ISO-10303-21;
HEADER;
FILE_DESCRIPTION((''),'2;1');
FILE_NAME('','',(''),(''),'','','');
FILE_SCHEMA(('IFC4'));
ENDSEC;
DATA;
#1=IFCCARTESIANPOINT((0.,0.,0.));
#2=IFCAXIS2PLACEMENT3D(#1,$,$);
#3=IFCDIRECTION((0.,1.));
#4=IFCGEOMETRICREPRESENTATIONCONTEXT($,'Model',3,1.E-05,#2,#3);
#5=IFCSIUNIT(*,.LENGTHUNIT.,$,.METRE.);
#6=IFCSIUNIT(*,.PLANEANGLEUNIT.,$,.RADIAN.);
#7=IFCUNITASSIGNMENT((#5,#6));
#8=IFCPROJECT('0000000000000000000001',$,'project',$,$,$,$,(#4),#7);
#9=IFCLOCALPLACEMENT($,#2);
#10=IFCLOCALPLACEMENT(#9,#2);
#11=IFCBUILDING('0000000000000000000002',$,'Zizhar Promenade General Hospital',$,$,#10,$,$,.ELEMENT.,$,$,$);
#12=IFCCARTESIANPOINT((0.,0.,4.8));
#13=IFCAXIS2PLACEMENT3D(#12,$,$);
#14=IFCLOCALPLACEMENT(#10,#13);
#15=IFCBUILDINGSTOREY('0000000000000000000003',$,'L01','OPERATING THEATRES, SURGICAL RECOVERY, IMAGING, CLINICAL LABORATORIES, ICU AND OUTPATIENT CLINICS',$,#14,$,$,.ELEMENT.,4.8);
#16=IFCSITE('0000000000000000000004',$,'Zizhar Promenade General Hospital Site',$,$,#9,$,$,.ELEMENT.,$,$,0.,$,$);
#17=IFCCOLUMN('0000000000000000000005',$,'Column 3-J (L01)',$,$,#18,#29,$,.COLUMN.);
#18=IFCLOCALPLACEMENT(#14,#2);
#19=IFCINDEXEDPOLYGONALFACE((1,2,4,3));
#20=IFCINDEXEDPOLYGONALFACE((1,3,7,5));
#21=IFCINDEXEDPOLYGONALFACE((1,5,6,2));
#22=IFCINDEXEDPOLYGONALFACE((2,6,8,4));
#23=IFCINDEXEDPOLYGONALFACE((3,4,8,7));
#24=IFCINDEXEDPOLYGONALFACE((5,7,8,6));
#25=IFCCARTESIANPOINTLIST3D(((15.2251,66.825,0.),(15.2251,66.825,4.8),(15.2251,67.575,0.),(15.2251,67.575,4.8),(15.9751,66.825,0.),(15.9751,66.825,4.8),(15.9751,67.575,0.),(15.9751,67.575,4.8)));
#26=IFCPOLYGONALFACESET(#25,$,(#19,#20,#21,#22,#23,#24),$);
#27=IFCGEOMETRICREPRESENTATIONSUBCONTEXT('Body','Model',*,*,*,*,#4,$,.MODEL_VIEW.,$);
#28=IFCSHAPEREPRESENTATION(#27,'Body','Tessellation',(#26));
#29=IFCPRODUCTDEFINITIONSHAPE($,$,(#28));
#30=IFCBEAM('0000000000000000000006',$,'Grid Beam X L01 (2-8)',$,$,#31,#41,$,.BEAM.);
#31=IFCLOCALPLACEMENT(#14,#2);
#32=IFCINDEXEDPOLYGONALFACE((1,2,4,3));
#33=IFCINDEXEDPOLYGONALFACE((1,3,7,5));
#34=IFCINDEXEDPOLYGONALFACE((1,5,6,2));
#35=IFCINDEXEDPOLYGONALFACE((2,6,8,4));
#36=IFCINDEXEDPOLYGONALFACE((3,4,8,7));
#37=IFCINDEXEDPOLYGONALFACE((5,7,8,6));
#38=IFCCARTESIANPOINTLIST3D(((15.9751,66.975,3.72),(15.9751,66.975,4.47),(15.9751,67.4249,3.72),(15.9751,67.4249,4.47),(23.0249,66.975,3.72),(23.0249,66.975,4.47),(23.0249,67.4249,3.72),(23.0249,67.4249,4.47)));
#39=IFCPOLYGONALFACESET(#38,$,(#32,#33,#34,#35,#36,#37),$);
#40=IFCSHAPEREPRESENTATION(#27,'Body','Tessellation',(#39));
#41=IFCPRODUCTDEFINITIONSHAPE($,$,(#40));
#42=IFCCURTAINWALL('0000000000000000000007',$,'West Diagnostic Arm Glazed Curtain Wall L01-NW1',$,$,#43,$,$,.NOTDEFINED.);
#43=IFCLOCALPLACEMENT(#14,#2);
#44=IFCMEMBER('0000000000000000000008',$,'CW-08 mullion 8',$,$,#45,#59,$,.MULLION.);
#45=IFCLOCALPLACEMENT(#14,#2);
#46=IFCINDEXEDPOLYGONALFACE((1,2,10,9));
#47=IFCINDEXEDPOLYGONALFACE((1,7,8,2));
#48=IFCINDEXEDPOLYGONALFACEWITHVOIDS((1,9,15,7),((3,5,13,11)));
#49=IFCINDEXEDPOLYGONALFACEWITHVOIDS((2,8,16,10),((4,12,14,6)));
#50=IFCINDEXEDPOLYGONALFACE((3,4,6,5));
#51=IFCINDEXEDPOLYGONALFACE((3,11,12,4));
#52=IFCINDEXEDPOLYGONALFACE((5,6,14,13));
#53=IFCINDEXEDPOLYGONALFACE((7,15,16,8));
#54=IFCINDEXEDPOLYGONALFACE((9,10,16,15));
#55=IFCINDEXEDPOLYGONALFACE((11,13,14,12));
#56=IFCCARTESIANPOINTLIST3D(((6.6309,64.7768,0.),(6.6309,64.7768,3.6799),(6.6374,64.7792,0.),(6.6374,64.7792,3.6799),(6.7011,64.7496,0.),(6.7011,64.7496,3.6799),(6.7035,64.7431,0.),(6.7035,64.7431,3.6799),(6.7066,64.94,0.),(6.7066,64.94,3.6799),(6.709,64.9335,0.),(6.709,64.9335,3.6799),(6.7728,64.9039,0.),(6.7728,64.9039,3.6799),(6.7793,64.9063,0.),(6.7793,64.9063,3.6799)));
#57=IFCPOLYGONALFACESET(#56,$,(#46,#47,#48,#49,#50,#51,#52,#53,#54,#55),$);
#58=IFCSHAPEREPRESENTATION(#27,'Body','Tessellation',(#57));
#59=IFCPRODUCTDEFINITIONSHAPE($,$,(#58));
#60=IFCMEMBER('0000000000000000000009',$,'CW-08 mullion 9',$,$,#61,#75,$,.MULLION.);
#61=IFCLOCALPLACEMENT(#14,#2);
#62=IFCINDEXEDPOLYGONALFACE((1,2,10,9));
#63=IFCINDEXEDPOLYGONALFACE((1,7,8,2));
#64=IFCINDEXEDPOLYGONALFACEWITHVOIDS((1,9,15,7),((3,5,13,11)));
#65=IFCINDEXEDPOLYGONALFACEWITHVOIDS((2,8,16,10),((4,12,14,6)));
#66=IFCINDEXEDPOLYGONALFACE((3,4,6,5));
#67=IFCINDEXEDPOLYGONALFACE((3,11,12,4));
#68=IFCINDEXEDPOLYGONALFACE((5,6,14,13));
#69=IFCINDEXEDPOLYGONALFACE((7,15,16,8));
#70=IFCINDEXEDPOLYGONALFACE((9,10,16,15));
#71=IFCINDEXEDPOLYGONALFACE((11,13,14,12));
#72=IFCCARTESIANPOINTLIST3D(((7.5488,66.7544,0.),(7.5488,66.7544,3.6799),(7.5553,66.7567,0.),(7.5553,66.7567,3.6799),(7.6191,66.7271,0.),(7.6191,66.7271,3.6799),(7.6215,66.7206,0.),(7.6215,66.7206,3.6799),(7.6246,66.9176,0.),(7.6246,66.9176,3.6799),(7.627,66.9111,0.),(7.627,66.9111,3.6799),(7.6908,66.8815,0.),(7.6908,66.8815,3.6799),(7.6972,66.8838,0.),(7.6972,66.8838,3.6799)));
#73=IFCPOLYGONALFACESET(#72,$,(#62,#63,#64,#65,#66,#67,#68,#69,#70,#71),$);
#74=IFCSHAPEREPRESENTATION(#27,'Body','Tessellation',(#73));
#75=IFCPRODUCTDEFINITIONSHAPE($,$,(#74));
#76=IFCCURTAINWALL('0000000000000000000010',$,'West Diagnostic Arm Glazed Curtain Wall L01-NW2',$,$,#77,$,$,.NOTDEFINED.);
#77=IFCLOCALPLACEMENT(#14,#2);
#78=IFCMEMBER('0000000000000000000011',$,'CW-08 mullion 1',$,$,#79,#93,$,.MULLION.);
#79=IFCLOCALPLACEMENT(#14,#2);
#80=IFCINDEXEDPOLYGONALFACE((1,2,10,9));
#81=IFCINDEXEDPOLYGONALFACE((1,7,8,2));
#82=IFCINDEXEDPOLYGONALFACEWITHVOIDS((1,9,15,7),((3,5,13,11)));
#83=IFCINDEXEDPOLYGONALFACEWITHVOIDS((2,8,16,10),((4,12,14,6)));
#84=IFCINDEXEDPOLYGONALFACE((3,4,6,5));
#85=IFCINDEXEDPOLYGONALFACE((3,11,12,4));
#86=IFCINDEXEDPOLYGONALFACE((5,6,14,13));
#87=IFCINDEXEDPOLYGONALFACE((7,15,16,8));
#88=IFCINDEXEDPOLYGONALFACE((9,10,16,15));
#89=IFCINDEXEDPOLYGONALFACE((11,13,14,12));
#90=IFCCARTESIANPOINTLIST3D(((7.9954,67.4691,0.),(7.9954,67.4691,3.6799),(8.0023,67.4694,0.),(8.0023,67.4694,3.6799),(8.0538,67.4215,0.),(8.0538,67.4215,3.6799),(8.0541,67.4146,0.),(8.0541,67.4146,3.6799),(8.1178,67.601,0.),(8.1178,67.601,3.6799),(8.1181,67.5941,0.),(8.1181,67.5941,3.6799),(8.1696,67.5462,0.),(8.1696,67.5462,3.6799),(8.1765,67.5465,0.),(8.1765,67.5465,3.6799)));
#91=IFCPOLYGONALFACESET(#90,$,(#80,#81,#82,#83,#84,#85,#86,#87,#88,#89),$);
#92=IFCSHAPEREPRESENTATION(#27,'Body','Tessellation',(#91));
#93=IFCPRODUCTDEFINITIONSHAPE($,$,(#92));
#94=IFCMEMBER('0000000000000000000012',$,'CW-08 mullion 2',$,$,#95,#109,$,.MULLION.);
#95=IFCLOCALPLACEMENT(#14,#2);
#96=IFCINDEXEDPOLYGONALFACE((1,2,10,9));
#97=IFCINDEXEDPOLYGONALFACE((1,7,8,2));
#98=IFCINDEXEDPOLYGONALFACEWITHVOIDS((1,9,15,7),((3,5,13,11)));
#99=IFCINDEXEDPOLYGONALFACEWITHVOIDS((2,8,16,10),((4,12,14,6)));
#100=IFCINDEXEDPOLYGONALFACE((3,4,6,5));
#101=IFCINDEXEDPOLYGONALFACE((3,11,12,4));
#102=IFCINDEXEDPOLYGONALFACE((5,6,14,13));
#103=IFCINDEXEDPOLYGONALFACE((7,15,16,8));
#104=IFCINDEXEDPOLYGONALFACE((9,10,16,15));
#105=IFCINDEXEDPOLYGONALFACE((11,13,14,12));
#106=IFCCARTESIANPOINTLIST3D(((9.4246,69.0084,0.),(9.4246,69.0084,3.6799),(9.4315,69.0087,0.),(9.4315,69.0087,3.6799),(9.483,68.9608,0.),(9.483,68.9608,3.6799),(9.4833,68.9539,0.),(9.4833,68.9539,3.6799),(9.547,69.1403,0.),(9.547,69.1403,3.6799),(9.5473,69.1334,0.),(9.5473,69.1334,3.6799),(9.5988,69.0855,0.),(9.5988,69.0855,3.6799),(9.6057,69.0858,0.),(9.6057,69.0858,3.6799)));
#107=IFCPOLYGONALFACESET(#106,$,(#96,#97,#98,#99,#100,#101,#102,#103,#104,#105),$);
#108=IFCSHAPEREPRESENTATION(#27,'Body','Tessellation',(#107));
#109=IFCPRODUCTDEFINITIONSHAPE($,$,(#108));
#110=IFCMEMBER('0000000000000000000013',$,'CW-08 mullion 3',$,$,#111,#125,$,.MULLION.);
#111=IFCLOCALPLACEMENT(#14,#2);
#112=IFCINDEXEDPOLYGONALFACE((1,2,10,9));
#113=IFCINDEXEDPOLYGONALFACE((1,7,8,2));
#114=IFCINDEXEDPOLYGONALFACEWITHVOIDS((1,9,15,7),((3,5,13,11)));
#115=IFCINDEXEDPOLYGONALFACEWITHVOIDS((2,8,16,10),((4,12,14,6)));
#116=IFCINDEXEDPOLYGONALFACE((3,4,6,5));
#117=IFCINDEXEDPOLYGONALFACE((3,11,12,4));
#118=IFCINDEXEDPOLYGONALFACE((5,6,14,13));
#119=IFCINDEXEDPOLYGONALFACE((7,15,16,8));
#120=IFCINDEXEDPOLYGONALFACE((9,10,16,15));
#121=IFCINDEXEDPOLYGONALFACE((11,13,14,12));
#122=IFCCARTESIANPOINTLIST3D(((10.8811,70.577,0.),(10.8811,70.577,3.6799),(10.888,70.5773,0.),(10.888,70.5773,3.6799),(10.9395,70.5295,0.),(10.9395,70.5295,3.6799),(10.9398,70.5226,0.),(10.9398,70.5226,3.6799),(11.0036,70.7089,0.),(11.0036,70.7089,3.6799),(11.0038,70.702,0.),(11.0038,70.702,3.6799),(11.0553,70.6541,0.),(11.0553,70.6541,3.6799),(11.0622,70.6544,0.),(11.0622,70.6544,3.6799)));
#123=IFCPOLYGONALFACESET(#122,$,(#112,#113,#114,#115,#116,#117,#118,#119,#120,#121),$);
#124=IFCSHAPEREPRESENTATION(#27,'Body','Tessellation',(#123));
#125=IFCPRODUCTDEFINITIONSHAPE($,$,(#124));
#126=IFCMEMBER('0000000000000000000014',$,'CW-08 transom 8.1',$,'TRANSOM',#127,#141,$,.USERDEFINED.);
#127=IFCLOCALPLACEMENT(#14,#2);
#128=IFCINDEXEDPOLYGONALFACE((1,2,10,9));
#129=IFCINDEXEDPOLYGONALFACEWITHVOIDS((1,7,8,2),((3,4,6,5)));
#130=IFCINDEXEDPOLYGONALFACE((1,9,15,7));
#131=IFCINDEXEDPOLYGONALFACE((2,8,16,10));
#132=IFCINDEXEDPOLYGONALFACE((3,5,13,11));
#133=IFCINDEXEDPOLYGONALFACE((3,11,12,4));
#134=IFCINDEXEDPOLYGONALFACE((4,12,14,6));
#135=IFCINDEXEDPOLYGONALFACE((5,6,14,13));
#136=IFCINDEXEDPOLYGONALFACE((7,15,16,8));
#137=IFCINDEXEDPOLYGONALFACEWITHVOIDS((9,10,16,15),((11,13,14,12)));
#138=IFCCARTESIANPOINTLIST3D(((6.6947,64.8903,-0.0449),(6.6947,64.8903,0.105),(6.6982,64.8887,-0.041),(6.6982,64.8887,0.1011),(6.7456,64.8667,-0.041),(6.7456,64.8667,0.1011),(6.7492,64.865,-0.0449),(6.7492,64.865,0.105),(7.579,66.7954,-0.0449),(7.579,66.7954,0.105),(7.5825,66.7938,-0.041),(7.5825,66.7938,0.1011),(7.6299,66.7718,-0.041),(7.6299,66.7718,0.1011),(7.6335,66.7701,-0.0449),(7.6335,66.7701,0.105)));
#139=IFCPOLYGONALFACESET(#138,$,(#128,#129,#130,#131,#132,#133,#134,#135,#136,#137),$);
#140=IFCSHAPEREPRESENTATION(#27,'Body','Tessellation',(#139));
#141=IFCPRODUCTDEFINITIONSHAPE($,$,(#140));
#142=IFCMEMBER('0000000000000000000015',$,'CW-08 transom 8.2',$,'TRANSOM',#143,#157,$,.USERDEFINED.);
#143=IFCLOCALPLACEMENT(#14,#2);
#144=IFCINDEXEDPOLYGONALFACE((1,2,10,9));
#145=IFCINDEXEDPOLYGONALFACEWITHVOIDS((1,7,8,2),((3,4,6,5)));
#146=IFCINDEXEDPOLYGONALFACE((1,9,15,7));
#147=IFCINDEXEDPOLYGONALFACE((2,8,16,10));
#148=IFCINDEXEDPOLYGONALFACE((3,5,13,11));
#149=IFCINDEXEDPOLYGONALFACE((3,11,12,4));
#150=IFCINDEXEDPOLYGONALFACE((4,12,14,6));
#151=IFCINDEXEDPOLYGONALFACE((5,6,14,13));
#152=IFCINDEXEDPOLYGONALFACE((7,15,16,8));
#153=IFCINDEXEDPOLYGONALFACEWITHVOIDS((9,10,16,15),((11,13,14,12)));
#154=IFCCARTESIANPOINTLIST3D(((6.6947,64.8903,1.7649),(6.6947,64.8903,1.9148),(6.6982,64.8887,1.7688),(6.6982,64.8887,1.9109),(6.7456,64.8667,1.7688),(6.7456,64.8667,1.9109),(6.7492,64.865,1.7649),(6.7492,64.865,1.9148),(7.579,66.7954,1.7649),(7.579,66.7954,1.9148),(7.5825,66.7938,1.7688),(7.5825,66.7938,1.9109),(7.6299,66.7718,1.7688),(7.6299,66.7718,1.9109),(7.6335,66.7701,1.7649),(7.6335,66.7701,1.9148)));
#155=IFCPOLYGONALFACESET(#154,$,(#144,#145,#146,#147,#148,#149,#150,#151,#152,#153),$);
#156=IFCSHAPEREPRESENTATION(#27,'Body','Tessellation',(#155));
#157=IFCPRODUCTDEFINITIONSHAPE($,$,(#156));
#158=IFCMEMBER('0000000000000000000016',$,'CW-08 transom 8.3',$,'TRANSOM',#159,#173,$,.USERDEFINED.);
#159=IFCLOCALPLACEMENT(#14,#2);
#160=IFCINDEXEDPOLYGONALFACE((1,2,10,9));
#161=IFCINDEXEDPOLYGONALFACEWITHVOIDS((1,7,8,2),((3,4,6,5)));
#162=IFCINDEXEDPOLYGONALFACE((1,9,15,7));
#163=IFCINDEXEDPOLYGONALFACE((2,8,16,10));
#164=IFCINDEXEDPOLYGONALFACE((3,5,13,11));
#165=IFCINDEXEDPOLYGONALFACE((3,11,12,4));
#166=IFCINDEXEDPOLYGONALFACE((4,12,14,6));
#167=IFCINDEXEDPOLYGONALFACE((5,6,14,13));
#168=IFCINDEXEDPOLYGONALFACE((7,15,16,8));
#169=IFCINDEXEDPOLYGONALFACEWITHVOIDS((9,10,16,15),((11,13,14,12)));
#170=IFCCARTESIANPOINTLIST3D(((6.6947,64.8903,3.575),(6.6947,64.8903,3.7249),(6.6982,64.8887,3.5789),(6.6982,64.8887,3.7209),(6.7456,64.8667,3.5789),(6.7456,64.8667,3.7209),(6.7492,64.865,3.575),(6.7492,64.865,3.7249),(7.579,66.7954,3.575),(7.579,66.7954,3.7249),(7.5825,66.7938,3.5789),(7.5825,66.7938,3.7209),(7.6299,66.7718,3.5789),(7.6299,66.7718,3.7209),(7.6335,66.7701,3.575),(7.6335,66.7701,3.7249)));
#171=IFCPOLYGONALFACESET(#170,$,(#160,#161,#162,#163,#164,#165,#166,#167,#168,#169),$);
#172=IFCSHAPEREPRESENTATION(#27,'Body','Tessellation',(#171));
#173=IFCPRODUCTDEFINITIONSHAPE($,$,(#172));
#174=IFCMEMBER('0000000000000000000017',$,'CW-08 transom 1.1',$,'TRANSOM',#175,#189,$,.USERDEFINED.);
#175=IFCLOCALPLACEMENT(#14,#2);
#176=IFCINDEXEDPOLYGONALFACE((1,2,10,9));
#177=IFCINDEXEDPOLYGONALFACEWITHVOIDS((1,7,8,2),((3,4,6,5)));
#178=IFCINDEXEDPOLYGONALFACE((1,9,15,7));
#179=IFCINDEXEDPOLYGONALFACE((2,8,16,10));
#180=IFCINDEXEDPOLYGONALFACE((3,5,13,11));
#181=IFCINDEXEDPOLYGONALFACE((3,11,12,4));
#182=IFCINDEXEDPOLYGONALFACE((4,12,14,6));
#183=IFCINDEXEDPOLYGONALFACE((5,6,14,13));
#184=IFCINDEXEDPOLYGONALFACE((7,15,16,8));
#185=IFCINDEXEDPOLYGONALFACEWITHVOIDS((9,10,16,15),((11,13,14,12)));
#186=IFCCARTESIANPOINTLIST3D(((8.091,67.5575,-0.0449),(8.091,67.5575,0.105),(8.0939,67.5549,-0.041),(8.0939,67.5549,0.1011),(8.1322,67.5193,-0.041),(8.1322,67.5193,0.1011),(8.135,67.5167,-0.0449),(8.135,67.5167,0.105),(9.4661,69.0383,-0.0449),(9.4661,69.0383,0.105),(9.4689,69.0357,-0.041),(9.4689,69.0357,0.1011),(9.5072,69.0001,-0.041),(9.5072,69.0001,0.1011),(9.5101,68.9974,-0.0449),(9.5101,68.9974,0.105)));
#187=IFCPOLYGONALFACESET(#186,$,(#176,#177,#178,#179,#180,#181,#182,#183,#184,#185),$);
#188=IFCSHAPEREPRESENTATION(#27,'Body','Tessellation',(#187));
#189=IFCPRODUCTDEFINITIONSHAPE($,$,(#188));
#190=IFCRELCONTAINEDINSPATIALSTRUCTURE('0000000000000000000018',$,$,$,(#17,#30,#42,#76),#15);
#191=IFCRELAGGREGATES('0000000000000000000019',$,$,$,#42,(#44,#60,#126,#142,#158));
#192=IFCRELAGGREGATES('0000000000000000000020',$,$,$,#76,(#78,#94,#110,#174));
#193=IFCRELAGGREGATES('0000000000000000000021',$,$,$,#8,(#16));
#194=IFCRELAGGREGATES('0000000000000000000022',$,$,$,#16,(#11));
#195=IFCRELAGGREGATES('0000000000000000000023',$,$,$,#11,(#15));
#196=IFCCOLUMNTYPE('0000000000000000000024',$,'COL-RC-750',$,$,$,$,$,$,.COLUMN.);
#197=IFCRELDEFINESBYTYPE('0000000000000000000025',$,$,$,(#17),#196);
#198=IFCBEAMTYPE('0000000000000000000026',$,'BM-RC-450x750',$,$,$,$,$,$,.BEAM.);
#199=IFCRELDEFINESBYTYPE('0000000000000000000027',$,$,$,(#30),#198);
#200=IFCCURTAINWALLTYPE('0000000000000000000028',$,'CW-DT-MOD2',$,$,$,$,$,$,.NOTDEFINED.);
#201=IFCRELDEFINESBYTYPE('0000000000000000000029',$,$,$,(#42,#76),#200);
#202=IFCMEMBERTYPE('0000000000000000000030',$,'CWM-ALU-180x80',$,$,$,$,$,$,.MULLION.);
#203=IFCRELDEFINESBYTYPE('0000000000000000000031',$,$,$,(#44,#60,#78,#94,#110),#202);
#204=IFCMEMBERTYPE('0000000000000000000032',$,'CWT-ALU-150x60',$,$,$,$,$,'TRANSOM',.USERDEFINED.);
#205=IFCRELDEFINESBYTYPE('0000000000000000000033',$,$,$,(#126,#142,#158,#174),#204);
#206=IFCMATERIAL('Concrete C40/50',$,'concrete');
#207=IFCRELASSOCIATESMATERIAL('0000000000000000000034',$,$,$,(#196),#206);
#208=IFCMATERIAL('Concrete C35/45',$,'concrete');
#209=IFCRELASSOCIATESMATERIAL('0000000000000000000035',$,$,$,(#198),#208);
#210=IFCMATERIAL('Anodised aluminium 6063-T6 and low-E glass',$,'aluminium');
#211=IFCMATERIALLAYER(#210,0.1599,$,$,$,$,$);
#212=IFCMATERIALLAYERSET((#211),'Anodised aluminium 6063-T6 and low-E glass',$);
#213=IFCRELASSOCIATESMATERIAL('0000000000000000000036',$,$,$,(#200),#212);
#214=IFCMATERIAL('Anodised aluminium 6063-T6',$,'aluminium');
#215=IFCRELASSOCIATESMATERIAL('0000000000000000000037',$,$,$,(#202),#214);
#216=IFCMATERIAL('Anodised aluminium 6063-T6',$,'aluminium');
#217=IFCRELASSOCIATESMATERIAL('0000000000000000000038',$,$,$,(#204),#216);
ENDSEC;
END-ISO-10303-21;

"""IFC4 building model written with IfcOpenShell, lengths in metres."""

from ifc_helpers import new_model, si_unit, direction, frame, origin, origin_2d, place, context, subcontext, project, spatial, rectangle, hollow_rectangle, extrude, material, layer, layer_set, material_profile, profile_set, type_object, element, aggregate, save


model = new_model("IFC4")

# Units and contexts
model_context = context("Model", 3, precision=1e-05, world=origin(), true_north=direction((0.0, 1.0)))
body_context = subcontext(model_context, "Body", "Model", "MODEL_VIEW")
ifc_project = project(units=[si_unit("LENGTHUNIT", "METRE"), si_unit("PLANEANGLEUNIT", "RADIAN")], contexts=[model_context])

# Site, building, storey
site_placement = place(None, origin())
site = spatial("IfcSite", under=ifc_project, at=site_placement, Name="Zizhar Promenade General Hospital Site", CompositionType="ELEMENT", RefElevation=0.0)
building_placement = place(site_placement, origin())
building = spatial("IfcBuilding", under=site, at=building_placement, Name="Zizhar Promenade General Hospital", CompositionType="ELEMENT")
storey_placement = place(building_placement, frame((0.0, 0.0, 4.8)))
storey = spatial("IfcBuildingStorey", under=building, at=storey_placement, Name="L01", Description="OPERATING THEATRES, SURGICAL RECOVERY, IMAGING, CLINICAL LABORATORIES, ICU AND OUTPATIENT CLINICS", CompositionType="ELEMENT", Elevation=4.8)

# Column
ifc_material_1 = material(Name="Concrete C40/50", Category="concrete")
ifc_material_profile_1 = material_profile(ifc_material_1, rectangle(XDim=0.75, YDim=0.75, at=origin_2d()))
ifc_profile_set_1 = profile_set([ifc_material_profile_1], Name="Concrete C40/50")
column_type = type_object("IfcColumnType", Name="COL-RC-750", PredefinedType="COLUMN", material=ifc_profile_set_1)
column_placement = place(storey_placement, frame((15.6001, 67.2, 0.0), z_axis=(0.0, 0.0, 1.0), x_axis=(1.0, 0.0, 0.0)))
element("IfcColumn", 1, at=column_placement, inside=storey, type_object=column_type, Name="Column 3-J (L01)", PredefinedType="COLUMN", context=body_context, shape_type="SweptSolid", body=[
    extrude(rectangle(XDim=0.75, YDim=0.75, at=origin_2d()), origin(), (0.0, 0.0, 1.0), 4.8),
])

# Beam
ifc_material_2 = material(Name="Concrete C35/45", Category="concrete")
ifc_material_profile_2 = material_profile(ifc_material_2, rectangle(XDim=0.45, YDim=0.75, at=origin_2d()))
ifc_profile_set_2 = profile_set([ifc_material_profile_2], Name="Concrete C35/45")
beam_type = type_object("IfcBeamType", Name="BM-RC-450x750", PredefinedType="BEAM", material=ifc_profile_set_2)
beam_placement = place(storey_placement, frame((15.9751, 67.2, 4.095), z_axis=(1.0, 0.0, 0.0), x_axis=(0.0, 1.0, 0.0)))
element("IfcBeam", 2, at=beam_placement, inside=storey, type_object=beam_type, Name="Grid Beam X L01 (2-8)", PredefinedType="BEAM", context=body_context, shape_type="SweptSolid", body=[
    extrude(rectangle(XDim=0.45, YDim=0.75, at=origin_2d()), origin(), (0.0, 0.0, 1.0), 7.0498),
])

# Curtain walls, members
ifc_material_3 = material(Name="Anodised aluminium 6063-T6 and low-E glass", Category="aluminium")
ifc_layer_1 = layer(ifc_material_3, 0.1599)
ifc_layer_set_1 = layer_set([ifc_layer_1], Name="Anodised aluminium 6063-T6 and low-E glass")
curtain_wall_type = type_object("IfcCurtainWallType", Name="CW-DT-MOD2", PredefinedType="NOTDEFINED", material=ifc_layer_set_1)
curtain_wall_1_placement = place(storey_placement, origin())
curtain_wall_1 = element("IfcCurtainWall", 3, at=curtain_wall_1_placement, inside=storey, type_object=curtain_wall_type, Name="West Diagnostic Arm Glazed Curtain Wall L01-NW1", PredefinedType="NOTDEFINED")
ifc_material_4 = material(Name="Anodised aluminium 6063-T6", Category="aluminium")
ifc_material_profile_3 = material_profile(ifc_material_4, hollow_rectangle(XDim=0.0801, YDim=0.1799, WallThickness=0.0049, at=origin_2d()))
ifc_profile_set_3 = profile_set([ifc_material_profile_3], Name="Anodised aluminium 6063-T6")
member_type_1 = type_object("IfcMemberType", Name="CWM-ALU-180x80", PredefinedType="MULLION", material=ifc_profile_set_3)
member_1_placement = place(storey_placement, frame((6.7051, 64.8416, 0.0), z_axis=(0.0, 0.0, 1.0), x_axis=(-0.907007, 0.421115, 0.0)))
member_1 = element("IfcMember", 4, at=member_1_placement, type_object=member_type_1, Name="CW-08 mullion 8", PredefinedType="MULLION", context=body_context, shape_type="SweptSolid", body=[
    extrude(hollow_rectangle(XDim=0.0801, YDim=0.1799, WallThickness=0.0049, at=origin_2d()), origin(), (0.0, 0.0, 1.0), 3.6799),
])
member_2_placement = place(storey_placement, frame((7.623, 66.8191, 0.0), z_axis=(0.0, 0.0, 1.0), x_axis=(-0.907007, 0.421115, 0.0)))
member_2 = element("IfcMember", 5, at=member_2_placement, type_object=member_type_1, Name="CW-08 mullion 9", PredefinedType="MULLION", context=body_context, shape_type="SweptSolid", body=[
    extrude(hollow_rectangle(XDim=0.0801, YDim=0.1799, WallThickness=0.0049, at=origin_2d()), origin(), (0.0, 0.0, 1.0), 3.6799),
])
curtain_wall_2_placement = place(storey_placement, origin())
curtain_wall_2 = element("IfcCurtainWall", 6, at=curtain_wall_2_placement, inside=storey, type_object=curtain_wall_type, Name="West Diagnostic Arm Glazed Curtain Wall L01-NW2", PredefinedType="NOTDEFINED")
member_3_placement = place(storey_placement, frame((8.0859, 67.5078, 0.0), z_axis=(0.0, 0.0, 1.0), x_axis=(-0.732793, 0.680452, 0.0)))
member_3 = element("IfcMember", 7, at=member_3_placement, type_object=member_type_1, Name="CW-08 mullion 1", PredefinedType="MULLION", context=body_context, shape_type="SweptSolid", body=[
    extrude(hollow_rectangle(XDim=0.0801, YDim=0.1799, WallThickness=0.0049, at=origin_2d()), origin(), (0.0, 0.0, 1.0), 3.6799),
])
member_4_placement = place(storey_placement, frame((9.5151, 69.0471, 0.0), z_axis=(0.0, 0.0, 1.0), x_axis=(-0.732793, 0.680452, 0.0)))
member_4 = element("IfcMember", 8, at=member_4_placement, type_object=member_type_1, Name="CW-08 mullion 2", PredefinedType="MULLION", context=body_context, shape_type="SweptSolid", body=[
    extrude(hollow_rectangle(XDim=0.0801, YDim=0.1799, WallThickness=0.0049, at=origin_2d()), origin(), (0.0, 0.0, 1.0), 3.6799),
])
member_5_placement = place(storey_placement, frame((10.9717, 70.6157, 0.0), z_axis=(0.0, 0.0, 1.0), x_axis=(-0.732793, 0.680452, 0.0)))
member_5 = element("IfcMember", 9, at=member_5_placement, type_object=member_type_1, Name="CW-08 mullion 3", PredefinedType="MULLION", context=body_context, shape_type="SweptSolid", body=[
    extrude(hollow_rectangle(XDim=0.0801, YDim=0.1799, WallThickness=0.0049, at=origin_2d()), origin(), (0.0, 0.0, 1.0), 3.6799),
])

# Members
ifc_material_5 = material(Name="Anodised aluminium 6063-T6", Category="aluminium")
ifc_material_profile_4 = material_profile(ifc_material_5, hollow_rectangle(XDim=0.0601, YDim=0.1499, WallThickness=0.0039, at=origin_2d()))
ifc_profile_set_4 = profile_set([ifc_material_profile_4], Name="Anodised aluminium 6063-T6")
member_type_2 = type_object("IfcMemberType", Name="CWT-ALU-150x60", ElementType="TRANSOM", PredefinedType="USERDEFINED", material=ifc_profile_set_4)
member_6_placement = place(storey_placement, frame((6.7219, 64.8777, 0.03), z_axis=(0.421033, 0.907045, 0.0), x_axis=(-0.907045, 0.421033, 0.0)))
member_6 = element("IfcMember", 10, at=member_6_placement, type_object=member_type_2, Name="CW-08 transom 8.1", ObjectType="TRANSOM", PredefinedType="USERDEFINED", context=body_context, shape_type="SweptSolid", body=[
    extrude(hollow_rectangle(XDim=0.0601, YDim=0.1499, WallThickness=0.0039, at=origin_2d()), origin(), (0.0, 0.0, 1.0), 2.1003),
])
member_7_placement = place(storey_placement, frame((6.7219, 64.8777, 1.8398), z_axis=(0.421033, 0.907045, 0.0), x_axis=(-0.907045, 0.421033, 0.0)))
member_7 = element("IfcMember", 11, at=member_7_placement, type_object=member_type_2, Name="CW-08 transom 8.2", ObjectType="TRANSOM", PredefinedType="USERDEFINED", context=body_context, shape_type="SweptSolid", body=[
    extrude(hollow_rectangle(XDim=0.0601, YDim=0.1499, WallThickness=0.0039, at=origin_2d()), origin(), (0.0, 0.0, 1.0), 2.1003),
])
member_8_placement = place(storey_placement, frame((6.7219, 64.8777, 3.6499), z_axis=(0.421033, 0.907045, 0.0), x_axis=(-0.907045, 0.421033, 0.0)))
member_8 = element("IfcMember", 12, at=member_8_placement, type_object=member_type_2, Name="CW-08 transom 8.3", ObjectType="TRANSOM", PredefinedType="USERDEFINED", context=body_context, shape_type="SweptSolid", body=[
    extrude(hollow_rectangle(XDim=0.0601, YDim=0.1499, WallThickness=0.0039, at=origin_2d()), origin(), (0.0, 0.0, 1.0), 2.1003),
])
member_9_placement = place(storey_placement, frame((8.113, 67.5371, 0.03), z_axis=(0.680465, 0.732781, 0.0), x_axis=(-0.732781, 0.680465, 0.0)))
member_9 = element("IfcMember", 13, at=member_9_placement, type_object=member_type_2, Name="CW-08 transom 1.1", ObjectType="TRANSOM", PredefinedType="USERDEFINED", context=body_context, shape_type="SweptSolid", body=[
    extrude(hollow_rectangle(XDim=0.0601, YDim=0.1499, WallThickness=0.0039, at=origin_2d()), origin(), (0.0, 0.0, 1.0), 2.0208),
])

aggregate(curtain_wall_1, [member_1, member_2, member_6, member_7, member_8])
aggregate(curtain_wall_2, [member_3, member_4, member_5, member_9])

save(model, "model.ifc")
